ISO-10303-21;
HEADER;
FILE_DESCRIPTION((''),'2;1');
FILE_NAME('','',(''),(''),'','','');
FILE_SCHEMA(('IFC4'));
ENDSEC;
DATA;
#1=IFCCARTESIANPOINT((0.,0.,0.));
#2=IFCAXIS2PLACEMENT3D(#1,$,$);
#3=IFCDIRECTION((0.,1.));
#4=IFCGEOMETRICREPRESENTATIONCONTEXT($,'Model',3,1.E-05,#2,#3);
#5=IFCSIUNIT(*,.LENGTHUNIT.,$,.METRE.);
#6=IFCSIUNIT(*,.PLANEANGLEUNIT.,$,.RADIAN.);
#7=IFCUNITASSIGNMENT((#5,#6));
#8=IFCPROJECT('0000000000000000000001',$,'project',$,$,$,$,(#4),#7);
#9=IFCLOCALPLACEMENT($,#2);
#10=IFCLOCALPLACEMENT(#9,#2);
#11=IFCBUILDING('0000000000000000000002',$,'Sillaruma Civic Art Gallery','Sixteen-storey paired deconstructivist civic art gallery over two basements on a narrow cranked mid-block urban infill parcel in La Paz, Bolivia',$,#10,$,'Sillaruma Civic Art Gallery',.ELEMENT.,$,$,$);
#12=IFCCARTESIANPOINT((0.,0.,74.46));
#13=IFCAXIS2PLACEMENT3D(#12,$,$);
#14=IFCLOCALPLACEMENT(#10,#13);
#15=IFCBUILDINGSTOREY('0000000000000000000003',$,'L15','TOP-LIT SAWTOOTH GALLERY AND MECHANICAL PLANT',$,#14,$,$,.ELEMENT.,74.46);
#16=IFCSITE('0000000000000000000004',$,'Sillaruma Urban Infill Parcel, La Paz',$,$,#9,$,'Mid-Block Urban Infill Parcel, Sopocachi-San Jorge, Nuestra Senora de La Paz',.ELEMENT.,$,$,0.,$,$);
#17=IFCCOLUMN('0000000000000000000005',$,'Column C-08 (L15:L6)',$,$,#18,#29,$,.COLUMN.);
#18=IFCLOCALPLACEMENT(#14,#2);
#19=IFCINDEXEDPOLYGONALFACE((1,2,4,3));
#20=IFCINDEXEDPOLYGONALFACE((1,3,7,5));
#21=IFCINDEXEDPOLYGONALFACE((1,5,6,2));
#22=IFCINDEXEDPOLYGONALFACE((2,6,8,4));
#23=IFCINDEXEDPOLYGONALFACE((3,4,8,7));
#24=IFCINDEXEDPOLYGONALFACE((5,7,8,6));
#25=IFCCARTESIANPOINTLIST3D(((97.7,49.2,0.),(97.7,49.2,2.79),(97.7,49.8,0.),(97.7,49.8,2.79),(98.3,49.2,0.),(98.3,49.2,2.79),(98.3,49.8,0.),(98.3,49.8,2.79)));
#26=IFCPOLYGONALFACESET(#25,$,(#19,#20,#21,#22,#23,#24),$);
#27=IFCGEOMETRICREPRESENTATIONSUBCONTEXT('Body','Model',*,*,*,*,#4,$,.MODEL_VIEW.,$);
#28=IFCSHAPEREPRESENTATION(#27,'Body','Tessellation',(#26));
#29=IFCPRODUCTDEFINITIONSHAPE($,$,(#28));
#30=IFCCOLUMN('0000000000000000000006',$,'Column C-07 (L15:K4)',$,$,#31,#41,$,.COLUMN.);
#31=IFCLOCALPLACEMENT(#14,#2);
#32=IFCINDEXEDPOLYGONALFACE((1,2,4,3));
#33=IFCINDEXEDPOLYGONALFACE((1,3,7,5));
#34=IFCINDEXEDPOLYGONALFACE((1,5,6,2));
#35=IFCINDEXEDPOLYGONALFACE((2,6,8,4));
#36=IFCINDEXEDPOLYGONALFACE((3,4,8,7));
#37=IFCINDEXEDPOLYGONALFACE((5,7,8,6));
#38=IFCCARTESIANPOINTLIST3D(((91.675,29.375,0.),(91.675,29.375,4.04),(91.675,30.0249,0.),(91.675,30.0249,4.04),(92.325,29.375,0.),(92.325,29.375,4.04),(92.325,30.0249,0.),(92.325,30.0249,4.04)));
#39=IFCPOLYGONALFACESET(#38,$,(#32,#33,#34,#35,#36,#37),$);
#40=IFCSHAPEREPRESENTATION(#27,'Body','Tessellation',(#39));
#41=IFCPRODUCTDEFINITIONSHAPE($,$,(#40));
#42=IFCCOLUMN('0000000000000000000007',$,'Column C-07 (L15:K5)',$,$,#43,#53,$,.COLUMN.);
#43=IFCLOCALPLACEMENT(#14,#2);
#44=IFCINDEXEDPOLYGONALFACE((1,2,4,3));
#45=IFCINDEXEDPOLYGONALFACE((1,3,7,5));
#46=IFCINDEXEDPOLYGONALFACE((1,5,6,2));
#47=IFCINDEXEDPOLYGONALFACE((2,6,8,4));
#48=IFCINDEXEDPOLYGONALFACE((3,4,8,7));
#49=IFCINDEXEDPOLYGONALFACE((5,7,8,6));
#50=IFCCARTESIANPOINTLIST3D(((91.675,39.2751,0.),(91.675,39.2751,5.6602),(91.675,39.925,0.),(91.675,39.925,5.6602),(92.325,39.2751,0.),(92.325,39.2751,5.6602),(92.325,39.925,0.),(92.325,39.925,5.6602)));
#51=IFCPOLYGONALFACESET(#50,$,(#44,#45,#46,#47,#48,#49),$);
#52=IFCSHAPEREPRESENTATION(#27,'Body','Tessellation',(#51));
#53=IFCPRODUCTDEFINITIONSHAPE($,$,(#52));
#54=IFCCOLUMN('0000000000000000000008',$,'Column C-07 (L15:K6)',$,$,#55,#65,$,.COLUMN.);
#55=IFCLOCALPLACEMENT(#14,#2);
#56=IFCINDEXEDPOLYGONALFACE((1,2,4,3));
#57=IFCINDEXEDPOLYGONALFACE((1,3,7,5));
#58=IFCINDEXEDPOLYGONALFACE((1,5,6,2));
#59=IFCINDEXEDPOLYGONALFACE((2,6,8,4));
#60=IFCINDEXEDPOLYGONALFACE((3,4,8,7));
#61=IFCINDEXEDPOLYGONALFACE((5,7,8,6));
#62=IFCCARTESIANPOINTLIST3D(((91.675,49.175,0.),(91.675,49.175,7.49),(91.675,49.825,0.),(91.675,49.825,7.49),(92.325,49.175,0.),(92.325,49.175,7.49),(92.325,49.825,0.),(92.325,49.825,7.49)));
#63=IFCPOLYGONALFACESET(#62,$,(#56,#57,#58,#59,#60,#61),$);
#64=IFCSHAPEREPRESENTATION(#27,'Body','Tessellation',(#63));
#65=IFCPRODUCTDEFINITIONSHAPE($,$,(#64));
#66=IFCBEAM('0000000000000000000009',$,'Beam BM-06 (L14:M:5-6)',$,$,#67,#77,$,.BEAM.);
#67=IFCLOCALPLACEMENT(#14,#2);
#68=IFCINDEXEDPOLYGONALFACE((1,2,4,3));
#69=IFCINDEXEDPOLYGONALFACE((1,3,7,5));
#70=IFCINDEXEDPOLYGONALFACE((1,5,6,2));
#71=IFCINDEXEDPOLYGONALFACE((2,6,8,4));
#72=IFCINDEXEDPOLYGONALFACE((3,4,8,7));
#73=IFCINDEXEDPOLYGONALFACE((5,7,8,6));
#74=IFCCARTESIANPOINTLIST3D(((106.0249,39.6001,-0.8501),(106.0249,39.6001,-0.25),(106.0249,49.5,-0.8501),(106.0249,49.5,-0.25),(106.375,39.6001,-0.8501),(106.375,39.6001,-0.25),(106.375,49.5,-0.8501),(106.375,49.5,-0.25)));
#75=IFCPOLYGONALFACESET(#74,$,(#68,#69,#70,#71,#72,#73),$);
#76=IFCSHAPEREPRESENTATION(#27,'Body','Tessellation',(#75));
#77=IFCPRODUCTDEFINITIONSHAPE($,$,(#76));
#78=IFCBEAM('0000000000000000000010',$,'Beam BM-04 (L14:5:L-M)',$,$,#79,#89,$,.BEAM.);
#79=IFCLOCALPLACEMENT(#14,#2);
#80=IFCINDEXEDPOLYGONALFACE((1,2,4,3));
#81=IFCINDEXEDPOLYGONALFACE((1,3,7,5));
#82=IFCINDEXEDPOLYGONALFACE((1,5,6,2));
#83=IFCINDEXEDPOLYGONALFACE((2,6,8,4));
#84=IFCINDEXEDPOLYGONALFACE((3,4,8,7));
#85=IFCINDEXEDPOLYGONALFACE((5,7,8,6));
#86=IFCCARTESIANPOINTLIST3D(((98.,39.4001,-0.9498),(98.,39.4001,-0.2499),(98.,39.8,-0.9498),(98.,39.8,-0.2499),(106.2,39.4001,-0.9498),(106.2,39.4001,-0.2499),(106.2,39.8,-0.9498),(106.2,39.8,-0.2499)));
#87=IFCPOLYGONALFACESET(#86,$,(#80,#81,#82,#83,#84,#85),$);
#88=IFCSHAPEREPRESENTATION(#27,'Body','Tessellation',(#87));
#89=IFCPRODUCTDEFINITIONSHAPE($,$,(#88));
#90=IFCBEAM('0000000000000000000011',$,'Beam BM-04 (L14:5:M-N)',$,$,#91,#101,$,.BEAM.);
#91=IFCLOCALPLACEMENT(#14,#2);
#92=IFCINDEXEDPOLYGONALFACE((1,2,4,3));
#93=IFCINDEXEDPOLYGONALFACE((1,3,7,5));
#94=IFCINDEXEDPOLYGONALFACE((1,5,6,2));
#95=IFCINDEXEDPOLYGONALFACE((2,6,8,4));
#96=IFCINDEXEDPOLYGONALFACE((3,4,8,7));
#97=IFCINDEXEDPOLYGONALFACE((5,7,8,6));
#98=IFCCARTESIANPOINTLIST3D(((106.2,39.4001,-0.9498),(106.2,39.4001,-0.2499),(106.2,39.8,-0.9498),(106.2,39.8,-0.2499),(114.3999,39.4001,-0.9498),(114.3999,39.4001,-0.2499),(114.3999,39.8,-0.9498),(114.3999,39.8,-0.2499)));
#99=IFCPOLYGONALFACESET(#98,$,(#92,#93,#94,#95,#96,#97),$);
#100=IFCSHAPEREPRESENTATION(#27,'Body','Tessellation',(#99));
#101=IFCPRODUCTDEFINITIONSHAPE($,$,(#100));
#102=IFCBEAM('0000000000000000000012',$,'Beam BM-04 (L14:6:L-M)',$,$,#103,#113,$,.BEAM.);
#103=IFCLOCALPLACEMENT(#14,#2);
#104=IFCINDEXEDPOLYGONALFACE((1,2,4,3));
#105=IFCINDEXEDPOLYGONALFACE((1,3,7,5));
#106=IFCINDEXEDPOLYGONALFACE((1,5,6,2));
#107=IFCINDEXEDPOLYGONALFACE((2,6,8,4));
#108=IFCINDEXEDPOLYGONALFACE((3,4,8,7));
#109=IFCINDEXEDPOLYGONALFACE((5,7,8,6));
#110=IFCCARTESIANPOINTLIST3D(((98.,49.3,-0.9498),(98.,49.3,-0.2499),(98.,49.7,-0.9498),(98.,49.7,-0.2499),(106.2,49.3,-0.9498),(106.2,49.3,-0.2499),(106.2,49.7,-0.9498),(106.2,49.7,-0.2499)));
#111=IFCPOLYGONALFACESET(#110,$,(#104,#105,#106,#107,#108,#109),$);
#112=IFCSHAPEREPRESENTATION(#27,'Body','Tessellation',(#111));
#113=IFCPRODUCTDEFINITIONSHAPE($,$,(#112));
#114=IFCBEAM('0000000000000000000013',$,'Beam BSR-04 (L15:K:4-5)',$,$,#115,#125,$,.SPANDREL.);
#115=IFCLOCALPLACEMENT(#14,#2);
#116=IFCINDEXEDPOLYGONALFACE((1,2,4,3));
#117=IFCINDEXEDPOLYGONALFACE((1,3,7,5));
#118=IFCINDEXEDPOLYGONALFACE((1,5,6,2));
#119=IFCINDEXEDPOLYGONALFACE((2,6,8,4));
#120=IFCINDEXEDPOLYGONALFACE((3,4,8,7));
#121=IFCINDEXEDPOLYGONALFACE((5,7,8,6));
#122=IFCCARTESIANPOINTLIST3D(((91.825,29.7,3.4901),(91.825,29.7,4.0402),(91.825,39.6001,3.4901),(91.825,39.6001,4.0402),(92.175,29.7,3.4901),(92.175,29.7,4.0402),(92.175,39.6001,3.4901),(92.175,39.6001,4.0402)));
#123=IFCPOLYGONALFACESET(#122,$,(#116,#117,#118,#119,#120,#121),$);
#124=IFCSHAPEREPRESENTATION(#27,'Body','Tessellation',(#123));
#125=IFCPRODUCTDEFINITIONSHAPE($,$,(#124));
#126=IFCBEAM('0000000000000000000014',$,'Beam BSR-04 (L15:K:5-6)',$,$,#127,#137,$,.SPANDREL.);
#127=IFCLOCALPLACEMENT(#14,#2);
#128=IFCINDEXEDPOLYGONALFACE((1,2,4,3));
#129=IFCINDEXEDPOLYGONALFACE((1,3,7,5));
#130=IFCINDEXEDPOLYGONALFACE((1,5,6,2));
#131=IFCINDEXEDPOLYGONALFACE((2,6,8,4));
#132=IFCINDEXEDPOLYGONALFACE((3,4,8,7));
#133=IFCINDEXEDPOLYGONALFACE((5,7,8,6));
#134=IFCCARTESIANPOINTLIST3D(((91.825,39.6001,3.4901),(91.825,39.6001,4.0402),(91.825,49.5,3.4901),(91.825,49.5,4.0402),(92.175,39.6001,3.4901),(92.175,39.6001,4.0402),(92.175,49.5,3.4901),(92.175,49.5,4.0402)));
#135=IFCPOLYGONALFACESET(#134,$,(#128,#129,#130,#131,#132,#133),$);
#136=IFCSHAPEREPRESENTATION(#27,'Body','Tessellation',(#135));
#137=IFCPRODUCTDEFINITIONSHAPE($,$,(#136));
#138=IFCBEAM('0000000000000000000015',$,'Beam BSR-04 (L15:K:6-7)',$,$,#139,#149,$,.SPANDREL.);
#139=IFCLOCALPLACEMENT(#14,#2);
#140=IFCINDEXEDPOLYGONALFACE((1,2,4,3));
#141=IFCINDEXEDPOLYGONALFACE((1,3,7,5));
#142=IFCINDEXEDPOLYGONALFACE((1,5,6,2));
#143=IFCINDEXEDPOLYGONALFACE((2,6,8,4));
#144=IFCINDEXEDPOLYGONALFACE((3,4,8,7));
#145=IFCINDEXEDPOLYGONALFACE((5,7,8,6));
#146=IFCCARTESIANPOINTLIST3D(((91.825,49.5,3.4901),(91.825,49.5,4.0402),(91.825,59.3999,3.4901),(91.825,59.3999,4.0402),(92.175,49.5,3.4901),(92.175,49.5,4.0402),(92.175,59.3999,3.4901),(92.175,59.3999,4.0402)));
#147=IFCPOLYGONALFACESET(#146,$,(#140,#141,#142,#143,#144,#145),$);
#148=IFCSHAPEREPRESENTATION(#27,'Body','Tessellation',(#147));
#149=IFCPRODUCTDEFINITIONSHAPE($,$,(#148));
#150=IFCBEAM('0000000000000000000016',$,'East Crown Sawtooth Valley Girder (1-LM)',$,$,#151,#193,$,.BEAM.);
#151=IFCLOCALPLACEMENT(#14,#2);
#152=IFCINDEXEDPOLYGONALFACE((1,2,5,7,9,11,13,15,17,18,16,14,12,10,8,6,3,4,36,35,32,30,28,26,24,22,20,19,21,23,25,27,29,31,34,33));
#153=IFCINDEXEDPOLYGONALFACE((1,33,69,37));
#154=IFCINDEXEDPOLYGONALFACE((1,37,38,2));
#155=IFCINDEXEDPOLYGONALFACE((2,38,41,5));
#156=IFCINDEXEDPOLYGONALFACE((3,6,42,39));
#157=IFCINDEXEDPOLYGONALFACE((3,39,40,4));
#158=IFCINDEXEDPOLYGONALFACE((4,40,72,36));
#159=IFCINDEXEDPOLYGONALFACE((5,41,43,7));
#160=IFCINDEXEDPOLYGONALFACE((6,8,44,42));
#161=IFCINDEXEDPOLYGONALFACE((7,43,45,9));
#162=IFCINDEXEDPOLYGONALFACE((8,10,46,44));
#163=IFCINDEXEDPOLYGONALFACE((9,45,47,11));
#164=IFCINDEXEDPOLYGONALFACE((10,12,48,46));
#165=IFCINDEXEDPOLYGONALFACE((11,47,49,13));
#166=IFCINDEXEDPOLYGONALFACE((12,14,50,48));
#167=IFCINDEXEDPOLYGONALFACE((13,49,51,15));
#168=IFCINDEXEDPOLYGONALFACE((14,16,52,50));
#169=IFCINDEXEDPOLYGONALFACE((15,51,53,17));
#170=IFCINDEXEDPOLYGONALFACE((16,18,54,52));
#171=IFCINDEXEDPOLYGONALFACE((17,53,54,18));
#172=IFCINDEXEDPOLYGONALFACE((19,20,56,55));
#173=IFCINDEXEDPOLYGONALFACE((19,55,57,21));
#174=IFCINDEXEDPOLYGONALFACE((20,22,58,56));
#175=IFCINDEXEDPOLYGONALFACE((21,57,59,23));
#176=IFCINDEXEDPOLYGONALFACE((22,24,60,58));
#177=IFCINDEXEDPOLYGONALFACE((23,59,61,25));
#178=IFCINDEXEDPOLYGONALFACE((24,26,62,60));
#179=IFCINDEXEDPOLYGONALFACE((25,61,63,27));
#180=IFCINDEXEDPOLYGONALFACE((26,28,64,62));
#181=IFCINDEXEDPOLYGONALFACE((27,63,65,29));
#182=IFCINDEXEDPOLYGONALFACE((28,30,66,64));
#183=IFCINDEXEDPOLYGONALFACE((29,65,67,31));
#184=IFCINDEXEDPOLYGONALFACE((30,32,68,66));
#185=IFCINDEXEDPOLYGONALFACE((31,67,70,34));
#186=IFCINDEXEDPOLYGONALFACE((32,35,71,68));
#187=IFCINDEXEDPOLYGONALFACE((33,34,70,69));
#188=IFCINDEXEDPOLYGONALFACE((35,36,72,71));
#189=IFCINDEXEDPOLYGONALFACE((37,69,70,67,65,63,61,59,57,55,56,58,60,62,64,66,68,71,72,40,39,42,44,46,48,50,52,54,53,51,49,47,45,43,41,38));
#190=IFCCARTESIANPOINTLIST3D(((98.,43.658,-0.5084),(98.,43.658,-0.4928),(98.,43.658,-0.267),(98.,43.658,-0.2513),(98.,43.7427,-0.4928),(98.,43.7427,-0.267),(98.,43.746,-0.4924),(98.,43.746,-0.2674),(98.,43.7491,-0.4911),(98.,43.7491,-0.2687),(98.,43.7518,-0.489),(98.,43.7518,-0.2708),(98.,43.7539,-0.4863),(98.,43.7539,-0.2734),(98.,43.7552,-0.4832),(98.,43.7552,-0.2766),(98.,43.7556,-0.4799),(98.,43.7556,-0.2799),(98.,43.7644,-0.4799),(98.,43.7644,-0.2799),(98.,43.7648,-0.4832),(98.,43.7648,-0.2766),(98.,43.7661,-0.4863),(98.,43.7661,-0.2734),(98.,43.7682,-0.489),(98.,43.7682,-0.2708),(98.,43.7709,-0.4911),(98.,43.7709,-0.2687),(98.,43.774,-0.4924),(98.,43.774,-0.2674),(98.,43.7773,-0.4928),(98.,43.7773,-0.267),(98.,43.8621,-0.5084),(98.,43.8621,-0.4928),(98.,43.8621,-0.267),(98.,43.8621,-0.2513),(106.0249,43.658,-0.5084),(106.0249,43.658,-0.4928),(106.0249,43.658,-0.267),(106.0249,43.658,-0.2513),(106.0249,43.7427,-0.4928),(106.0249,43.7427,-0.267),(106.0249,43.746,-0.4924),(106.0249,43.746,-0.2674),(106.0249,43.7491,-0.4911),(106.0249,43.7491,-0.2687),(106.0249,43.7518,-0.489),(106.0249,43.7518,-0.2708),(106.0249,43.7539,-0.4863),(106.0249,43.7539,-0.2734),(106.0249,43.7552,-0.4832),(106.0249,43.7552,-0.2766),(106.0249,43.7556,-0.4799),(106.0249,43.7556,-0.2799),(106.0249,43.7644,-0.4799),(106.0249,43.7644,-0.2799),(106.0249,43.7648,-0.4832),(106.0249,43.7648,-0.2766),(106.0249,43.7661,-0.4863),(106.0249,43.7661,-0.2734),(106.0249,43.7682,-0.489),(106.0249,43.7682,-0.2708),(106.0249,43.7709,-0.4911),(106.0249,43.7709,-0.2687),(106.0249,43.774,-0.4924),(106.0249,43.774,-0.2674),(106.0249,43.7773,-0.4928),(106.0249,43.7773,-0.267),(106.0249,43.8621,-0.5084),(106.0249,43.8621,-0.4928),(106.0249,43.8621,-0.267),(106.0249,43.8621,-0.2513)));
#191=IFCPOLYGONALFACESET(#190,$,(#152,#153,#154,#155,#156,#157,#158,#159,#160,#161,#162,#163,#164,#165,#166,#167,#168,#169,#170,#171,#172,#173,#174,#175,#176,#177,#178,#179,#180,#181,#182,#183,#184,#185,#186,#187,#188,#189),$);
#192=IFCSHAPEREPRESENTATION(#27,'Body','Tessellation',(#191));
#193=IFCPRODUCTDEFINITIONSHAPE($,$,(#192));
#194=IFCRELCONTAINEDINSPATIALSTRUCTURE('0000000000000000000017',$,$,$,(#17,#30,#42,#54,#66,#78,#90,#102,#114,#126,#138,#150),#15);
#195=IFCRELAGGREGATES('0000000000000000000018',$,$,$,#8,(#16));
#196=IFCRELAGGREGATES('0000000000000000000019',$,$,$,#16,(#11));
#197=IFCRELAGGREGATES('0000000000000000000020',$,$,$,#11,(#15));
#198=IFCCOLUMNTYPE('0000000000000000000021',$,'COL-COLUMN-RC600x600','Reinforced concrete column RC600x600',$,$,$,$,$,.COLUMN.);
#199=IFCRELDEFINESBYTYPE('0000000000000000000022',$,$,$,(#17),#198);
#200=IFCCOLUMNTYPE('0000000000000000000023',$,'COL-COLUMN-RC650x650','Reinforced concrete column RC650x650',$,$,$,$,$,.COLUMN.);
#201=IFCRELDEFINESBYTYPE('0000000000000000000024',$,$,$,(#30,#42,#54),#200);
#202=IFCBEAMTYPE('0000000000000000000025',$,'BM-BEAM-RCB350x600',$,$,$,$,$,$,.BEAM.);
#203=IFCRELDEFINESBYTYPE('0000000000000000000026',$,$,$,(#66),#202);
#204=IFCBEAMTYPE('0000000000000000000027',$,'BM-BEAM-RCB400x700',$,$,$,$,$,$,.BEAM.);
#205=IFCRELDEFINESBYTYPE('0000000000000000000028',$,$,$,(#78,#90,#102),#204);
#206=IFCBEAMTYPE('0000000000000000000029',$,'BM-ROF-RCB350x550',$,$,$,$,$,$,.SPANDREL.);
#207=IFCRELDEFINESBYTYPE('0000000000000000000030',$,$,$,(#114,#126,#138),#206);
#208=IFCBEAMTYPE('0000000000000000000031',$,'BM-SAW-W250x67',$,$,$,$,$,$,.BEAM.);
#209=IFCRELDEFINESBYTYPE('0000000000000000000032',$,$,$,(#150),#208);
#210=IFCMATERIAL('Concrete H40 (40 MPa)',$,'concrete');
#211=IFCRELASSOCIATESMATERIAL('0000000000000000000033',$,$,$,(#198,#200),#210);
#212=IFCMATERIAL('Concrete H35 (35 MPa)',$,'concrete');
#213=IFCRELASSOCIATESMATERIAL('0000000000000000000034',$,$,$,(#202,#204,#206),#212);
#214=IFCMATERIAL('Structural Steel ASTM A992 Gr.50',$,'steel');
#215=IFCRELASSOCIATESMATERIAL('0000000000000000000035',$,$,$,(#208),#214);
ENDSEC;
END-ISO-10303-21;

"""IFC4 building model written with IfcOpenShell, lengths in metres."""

from ifc_helpers import new_model, si_unit, direction, frame, origin, origin_2d, place, context, subcontext, project, spatial, rectangle, i_section, extrude, material, material_profile, profile_set, type_object, element, save


model = new_model("IFC4")

# Units and contexts
model_context = context("Model", 3, precision=1e-05, world=origin(), true_north=direction((0.0, 1.0)))
body_context = subcontext(model_context, "Body", "Model", "MODEL_VIEW")
ifc_project = project(units=[si_unit("LENGTHUNIT", "METRE"), si_unit("PLANEANGLEUNIT", "RADIAN")], contexts=[model_context])

# Site, building, storey
site_placement = place(None, origin())
site = spatial("IfcSite", under=ifc_project, at=site_placement, Name="Sillaruma Urban Infill Parcel, La Paz", LongName="Mid-Block Urban Infill Parcel, Sopocachi-San Jorge, Nuestra Senora de La Paz", CompositionType="ELEMENT", RefElevation=0.0)
building_placement = place(site_placement, origin())
building = spatial("IfcBuilding", under=site, at=building_placement, Name="Sillaruma Civic Art Gallery", Description="Sixteen-storey paired deconstructivist civic art gallery over two basements on a narrow cranked mid-block urban infill parcel in La Paz, Bolivia", LongName="Sillaruma Civic Art Gallery", CompositionType="ELEMENT")
storey_placement = place(building_placement, frame((0.0, 0.0, 74.46)))
storey = spatial("IfcBuildingStorey", under=building, at=storey_placement, Name="L15", Description="TOP-LIT SAWTOOTH GALLERY AND MECHANICAL PLANT", CompositionType="ELEMENT", Elevation=74.46)

# Columns
ifc_material_1 = material(Name="Concrete H40 (40 MPa)", Category="concrete")
ifc_material_profile_1 = material_profile(ifc_material_1, rectangle(XDim=0.6001, YDim=0.6001, at=origin_2d()), Name="RC600x600")
ifc_profile_set_1 = profile_set([ifc_material_profile_1], Name="Concrete H40 (40 MPa)")
column_type_1 = type_object("IfcColumnType", Name="COL-COLUMN-RC600x600", Description="Reinforced concrete column RC600x600", PredefinedType="COLUMN", material=ifc_profile_set_1)
column_1_placement = place(storey_placement, frame((98.0, 49.5, 0.0), z_axis=(0.0, 0.0, 1.0), x_axis=(1.0, 0.0, 0.0)))
element("IfcColumn", 1, at=column_1_placement, inside=storey, type_object=column_type_1, Name="Column C-08 (L15:L6)", PredefinedType="COLUMN", context=body_context, shape_type="SweptSolid", body=[
    extrude(rectangle(XDim=0.6001, YDim=0.6001, at=origin_2d()), origin(), (0.0, 0.0, 1.0), 2.79),
])
ifc_material_profile_2 = material_profile(ifc_material_1, rectangle(XDim=0.6499, YDim=0.6499, at=origin_2d()), Name="RC650x650")
ifc_profile_set_2 = profile_set([ifc_material_profile_2], Name="Concrete H40 (40 MPa)")
column_type_2 = type_object("IfcColumnType", Name="COL-COLUMN-RC650x650", Description="Reinforced concrete column RC650x650", PredefinedType="COLUMN", material=ifc_profile_set_2)
column_2_placement = place(storey_placement, frame((92.0, 29.7, 0.0), z_axis=(0.0, 0.0, 1.0), x_axis=(1.0, 0.0, 0.0)))
element("IfcColumn", 2, at=column_2_placement, inside=storey, type_object=column_type_2, Name="Column C-07 (L15:K4)", PredefinedType="COLUMN", context=body_context, shape_type="SweptSolid", body=[
    extrude(rectangle(XDim=0.6499, YDim=0.6499, at=origin_2d()), origin(), (0.0, 0.0, 1.0), 4.04),
])
column_3_placement = place(storey_placement, frame((92.0, 39.6001, 0.0), z_axis=(0.0, 0.0, 1.0), x_axis=(1.0, 0.0, 0.0)))
element("IfcColumn", 3, at=column_3_placement, inside=storey, type_object=column_type_2, Name="Column C-07 (L15:K5)", PredefinedType="COLUMN", context=body_context, shape_type="SweptSolid", body=[
    extrude(rectangle(XDim=0.6499, YDim=0.6499, at=origin_2d()), origin(), (0.0, 0.0, 1.0), 5.6602),
])
column_4_placement = place(storey_placement, frame((92.0, 49.5, 0.0), z_axis=(0.0, 0.0, 1.0), x_axis=(1.0, 0.0, 0.0)))
element("IfcColumn", 4, at=column_4_placement, inside=storey, type_object=column_type_2, Name="Column C-07 (L15:K6)", PredefinedType="COLUMN", context=body_context, shape_type="SweptSolid", body=[
    extrude(rectangle(XDim=0.6499, YDim=0.6499, at=origin_2d()), origin(), (0.0, 0.0, 1.0), 7.49),
])

# Beams
ifc_material_2 = material(Name="Concrete H35 (35 MPa)", Category="concrete")
ifc_material_profile_3 = material_profile(ifc_material_2, rectangle(XDim=0.3501, YDim=0.6001, at=origin_2d()), Name="RCB350x600")
ifc_profile_set_3 = profile_set([ifc_material_profile_3], Name="Concrete H35 (35 MPa)")
beam_type_1 = type_object("IfcBeamType", Name="BM-BEAM-RCB350x600", PredefinedType="BEAM", material=ifc_profile_set_3)
beam_1_placement = place(storey_placement, frame((106.2, 39.6001, -0.55), z_axis=(0.0, 1.0, 0.0), x_axis=(-1.0, 0.0, 0.0)))
element("IfcBeam", 5, at=beam_1_placement, inside=storey, type_object=beam_type_1, Name="Beam BM-06 (L14:M:5-6)", PredefinedType="BEAM", context=body_context, shape_type="SweptSolid", body=[
    extrude(rectangle(XDim=0.3501, YDim=0.6001, at=origin_2d()), origin(), (0.0, 0.0, 1.0), 9.8999),
])
ifc_material_profile_4 = material_profile(ifc_material_2, rectangle(XDim=0.3999, YDim=0.7, at=origin_2d()), Name="RCB400x700")
ifc_profile_set_4 = profile_set([ifc_material_profile_4], Name="Concrete H35 (35 MPa)")
beam_type_2 = type_object("IfcBeamType", Name="BM-BEAM-RCB400x700", PredefinedType="BEAM", material=ifc_profile_set_4)
for number, where, z_axis, x_axis, name in (
    (6, (98.0, 39.6001, -0.5999), (1.0, 0.0, 0.0), (0.0, 1.0, 0.0), "Beam BM-04 (L14:5:L-M)"),
    (7, (106.2, 39.6001, -0.5999), (1.0, 0.0, 0.0), (0.0, 1.0, 0.0), "Beam BM-04 (L14:5:M-N)"),
    (8, (98.0, 49.5, -0.5999), (1.0, 0.0, 0.0), (0.0, 1.0, 0.0), "Beam BM-04 (L14:6:L-M)"),
):
    element("IfcBeam", number, at=place(storey_placement, frame(where, z_axis=z_axis, x_axis=x_axis)), inside=storey, type_object=beam_type_2, Name=name, PredefinedType="BEAM", context=body_context, shape_type="SweptSolid", body=[
        extrude(rectangle(XDim=0.3999, YDim=0.7, at=origin_2d()), origin(), (0.0, 0.0, 1.0), 8.2),
    ])
ifc_material_profile_5 = material_profile(ifc_material_2, rectangle(XDim=0.3501, YDim=0.55, at=origin_2d()), Name="RCB350x550")
ifc_profile_set_5 = profile_set([ifc_material_profile_5], Name="Concrete H35 (35 MPa)")
beam_type_3 = type_object("IfcBeamType", Name="BM-ROF-RCB350x550", PredefinedType="SPANDREL", material=ifc_profile_set_5)
beam_2_placement = place(storey_placement, frame((92.0, 29.7, 3.7651), z_axis=(0.0, 1.0, 0.0), x_axis=(-1.0, 0.0, 0.0)))
element("IfcBeam", 9, at=beam_2_placement, inside=storey, type_object=beam_type_3, Name="Beam BSR-04 (L15:K:4-5)", PredefinedType="SPANDREL", context=body_context, shape_type="SweptSolid", body=[
    extrude(rectangle(XDim=0.3501, YDim=0.55, at=origin_2d()), origin(), (0.0, 0.0, 1.0), 9.9001),
])
for number, where, z_axis, x_axis, name in (
    (10, (92.0, 39.6001, 3.7651), (0.0, 1.0, 0.0), (-1.0, 0.0, 0.0), "Beam BSR-04 (L15:K:5-6)"),
    (11, (92.0, 49.5, 3.7651), (0.0, 1.0, 0.0), (-1.0, 0.0, 0.0), "Beam BSR-04 (L15:K:6-7)"),
):
    element("IfcBeam", number, at=place(storey_placement, frame(where, z_axis=z_axis, x_axis=x_axis)), inside=storey, type_object=beam_type_3, Name=name, PredefinedType="SPANDREL", context=body_context, shape_type="SweptSolid", body=[
        extrude(rectangle(XDim=0.3501, YDim=0.55, at=origin_2d()), origin(), (0.0, 0.0, 1.0), 9.8999),
    ])
ifc_material_3 = material(Name="Structural Steel ASTM A992 Gr.50", Category="steel")
ifc_material_profile_6 = material_profile(ifc_material_3, i_section(OverallWidth=0.2041, OverallDepth=0.2571, WebThickness=0.0088, FlangeThickness=0.0156, FilletRadius=0.0129, at=origin_2d()), Name="W250x67")
ifc_profile_set_6 = profile_set([ifc_material_profile_6], Name="Structural Steel ASTM A992 Gr.50")
beam_type_4 = type_object("IfcBeamType", Name="BM-SAW-W250x67", PredefinedType="BEAM", material=ifc_profile_set_6)
beam_3_placement = place(storey_placement, frame((98.0, 43.76, -0.3799), z_axis=(1.0, 0.0, 0.0), x_axis=(0.0, 1.0, 0.0)))
element("IfcBeam", 12, at=beam_3_placement, inside=storey, type_object=beam_type_4, Name="East Crown Sawtooth Valley Girder (1-LM)", PredefinedType="BEAM", context=body_context, shape_type="SweptSolid", body=[
    extrude(i_section(OverallWidth=0.2041, OverallDepth=0.2571, WebThickness=0.0088, FlangeThickness=0.0156, FilletRadius=0.0129, at=origin_2d()), origin(), (0.0, 0.0, 1.0), 8.0249),
])

save(model, "model.ifc")
